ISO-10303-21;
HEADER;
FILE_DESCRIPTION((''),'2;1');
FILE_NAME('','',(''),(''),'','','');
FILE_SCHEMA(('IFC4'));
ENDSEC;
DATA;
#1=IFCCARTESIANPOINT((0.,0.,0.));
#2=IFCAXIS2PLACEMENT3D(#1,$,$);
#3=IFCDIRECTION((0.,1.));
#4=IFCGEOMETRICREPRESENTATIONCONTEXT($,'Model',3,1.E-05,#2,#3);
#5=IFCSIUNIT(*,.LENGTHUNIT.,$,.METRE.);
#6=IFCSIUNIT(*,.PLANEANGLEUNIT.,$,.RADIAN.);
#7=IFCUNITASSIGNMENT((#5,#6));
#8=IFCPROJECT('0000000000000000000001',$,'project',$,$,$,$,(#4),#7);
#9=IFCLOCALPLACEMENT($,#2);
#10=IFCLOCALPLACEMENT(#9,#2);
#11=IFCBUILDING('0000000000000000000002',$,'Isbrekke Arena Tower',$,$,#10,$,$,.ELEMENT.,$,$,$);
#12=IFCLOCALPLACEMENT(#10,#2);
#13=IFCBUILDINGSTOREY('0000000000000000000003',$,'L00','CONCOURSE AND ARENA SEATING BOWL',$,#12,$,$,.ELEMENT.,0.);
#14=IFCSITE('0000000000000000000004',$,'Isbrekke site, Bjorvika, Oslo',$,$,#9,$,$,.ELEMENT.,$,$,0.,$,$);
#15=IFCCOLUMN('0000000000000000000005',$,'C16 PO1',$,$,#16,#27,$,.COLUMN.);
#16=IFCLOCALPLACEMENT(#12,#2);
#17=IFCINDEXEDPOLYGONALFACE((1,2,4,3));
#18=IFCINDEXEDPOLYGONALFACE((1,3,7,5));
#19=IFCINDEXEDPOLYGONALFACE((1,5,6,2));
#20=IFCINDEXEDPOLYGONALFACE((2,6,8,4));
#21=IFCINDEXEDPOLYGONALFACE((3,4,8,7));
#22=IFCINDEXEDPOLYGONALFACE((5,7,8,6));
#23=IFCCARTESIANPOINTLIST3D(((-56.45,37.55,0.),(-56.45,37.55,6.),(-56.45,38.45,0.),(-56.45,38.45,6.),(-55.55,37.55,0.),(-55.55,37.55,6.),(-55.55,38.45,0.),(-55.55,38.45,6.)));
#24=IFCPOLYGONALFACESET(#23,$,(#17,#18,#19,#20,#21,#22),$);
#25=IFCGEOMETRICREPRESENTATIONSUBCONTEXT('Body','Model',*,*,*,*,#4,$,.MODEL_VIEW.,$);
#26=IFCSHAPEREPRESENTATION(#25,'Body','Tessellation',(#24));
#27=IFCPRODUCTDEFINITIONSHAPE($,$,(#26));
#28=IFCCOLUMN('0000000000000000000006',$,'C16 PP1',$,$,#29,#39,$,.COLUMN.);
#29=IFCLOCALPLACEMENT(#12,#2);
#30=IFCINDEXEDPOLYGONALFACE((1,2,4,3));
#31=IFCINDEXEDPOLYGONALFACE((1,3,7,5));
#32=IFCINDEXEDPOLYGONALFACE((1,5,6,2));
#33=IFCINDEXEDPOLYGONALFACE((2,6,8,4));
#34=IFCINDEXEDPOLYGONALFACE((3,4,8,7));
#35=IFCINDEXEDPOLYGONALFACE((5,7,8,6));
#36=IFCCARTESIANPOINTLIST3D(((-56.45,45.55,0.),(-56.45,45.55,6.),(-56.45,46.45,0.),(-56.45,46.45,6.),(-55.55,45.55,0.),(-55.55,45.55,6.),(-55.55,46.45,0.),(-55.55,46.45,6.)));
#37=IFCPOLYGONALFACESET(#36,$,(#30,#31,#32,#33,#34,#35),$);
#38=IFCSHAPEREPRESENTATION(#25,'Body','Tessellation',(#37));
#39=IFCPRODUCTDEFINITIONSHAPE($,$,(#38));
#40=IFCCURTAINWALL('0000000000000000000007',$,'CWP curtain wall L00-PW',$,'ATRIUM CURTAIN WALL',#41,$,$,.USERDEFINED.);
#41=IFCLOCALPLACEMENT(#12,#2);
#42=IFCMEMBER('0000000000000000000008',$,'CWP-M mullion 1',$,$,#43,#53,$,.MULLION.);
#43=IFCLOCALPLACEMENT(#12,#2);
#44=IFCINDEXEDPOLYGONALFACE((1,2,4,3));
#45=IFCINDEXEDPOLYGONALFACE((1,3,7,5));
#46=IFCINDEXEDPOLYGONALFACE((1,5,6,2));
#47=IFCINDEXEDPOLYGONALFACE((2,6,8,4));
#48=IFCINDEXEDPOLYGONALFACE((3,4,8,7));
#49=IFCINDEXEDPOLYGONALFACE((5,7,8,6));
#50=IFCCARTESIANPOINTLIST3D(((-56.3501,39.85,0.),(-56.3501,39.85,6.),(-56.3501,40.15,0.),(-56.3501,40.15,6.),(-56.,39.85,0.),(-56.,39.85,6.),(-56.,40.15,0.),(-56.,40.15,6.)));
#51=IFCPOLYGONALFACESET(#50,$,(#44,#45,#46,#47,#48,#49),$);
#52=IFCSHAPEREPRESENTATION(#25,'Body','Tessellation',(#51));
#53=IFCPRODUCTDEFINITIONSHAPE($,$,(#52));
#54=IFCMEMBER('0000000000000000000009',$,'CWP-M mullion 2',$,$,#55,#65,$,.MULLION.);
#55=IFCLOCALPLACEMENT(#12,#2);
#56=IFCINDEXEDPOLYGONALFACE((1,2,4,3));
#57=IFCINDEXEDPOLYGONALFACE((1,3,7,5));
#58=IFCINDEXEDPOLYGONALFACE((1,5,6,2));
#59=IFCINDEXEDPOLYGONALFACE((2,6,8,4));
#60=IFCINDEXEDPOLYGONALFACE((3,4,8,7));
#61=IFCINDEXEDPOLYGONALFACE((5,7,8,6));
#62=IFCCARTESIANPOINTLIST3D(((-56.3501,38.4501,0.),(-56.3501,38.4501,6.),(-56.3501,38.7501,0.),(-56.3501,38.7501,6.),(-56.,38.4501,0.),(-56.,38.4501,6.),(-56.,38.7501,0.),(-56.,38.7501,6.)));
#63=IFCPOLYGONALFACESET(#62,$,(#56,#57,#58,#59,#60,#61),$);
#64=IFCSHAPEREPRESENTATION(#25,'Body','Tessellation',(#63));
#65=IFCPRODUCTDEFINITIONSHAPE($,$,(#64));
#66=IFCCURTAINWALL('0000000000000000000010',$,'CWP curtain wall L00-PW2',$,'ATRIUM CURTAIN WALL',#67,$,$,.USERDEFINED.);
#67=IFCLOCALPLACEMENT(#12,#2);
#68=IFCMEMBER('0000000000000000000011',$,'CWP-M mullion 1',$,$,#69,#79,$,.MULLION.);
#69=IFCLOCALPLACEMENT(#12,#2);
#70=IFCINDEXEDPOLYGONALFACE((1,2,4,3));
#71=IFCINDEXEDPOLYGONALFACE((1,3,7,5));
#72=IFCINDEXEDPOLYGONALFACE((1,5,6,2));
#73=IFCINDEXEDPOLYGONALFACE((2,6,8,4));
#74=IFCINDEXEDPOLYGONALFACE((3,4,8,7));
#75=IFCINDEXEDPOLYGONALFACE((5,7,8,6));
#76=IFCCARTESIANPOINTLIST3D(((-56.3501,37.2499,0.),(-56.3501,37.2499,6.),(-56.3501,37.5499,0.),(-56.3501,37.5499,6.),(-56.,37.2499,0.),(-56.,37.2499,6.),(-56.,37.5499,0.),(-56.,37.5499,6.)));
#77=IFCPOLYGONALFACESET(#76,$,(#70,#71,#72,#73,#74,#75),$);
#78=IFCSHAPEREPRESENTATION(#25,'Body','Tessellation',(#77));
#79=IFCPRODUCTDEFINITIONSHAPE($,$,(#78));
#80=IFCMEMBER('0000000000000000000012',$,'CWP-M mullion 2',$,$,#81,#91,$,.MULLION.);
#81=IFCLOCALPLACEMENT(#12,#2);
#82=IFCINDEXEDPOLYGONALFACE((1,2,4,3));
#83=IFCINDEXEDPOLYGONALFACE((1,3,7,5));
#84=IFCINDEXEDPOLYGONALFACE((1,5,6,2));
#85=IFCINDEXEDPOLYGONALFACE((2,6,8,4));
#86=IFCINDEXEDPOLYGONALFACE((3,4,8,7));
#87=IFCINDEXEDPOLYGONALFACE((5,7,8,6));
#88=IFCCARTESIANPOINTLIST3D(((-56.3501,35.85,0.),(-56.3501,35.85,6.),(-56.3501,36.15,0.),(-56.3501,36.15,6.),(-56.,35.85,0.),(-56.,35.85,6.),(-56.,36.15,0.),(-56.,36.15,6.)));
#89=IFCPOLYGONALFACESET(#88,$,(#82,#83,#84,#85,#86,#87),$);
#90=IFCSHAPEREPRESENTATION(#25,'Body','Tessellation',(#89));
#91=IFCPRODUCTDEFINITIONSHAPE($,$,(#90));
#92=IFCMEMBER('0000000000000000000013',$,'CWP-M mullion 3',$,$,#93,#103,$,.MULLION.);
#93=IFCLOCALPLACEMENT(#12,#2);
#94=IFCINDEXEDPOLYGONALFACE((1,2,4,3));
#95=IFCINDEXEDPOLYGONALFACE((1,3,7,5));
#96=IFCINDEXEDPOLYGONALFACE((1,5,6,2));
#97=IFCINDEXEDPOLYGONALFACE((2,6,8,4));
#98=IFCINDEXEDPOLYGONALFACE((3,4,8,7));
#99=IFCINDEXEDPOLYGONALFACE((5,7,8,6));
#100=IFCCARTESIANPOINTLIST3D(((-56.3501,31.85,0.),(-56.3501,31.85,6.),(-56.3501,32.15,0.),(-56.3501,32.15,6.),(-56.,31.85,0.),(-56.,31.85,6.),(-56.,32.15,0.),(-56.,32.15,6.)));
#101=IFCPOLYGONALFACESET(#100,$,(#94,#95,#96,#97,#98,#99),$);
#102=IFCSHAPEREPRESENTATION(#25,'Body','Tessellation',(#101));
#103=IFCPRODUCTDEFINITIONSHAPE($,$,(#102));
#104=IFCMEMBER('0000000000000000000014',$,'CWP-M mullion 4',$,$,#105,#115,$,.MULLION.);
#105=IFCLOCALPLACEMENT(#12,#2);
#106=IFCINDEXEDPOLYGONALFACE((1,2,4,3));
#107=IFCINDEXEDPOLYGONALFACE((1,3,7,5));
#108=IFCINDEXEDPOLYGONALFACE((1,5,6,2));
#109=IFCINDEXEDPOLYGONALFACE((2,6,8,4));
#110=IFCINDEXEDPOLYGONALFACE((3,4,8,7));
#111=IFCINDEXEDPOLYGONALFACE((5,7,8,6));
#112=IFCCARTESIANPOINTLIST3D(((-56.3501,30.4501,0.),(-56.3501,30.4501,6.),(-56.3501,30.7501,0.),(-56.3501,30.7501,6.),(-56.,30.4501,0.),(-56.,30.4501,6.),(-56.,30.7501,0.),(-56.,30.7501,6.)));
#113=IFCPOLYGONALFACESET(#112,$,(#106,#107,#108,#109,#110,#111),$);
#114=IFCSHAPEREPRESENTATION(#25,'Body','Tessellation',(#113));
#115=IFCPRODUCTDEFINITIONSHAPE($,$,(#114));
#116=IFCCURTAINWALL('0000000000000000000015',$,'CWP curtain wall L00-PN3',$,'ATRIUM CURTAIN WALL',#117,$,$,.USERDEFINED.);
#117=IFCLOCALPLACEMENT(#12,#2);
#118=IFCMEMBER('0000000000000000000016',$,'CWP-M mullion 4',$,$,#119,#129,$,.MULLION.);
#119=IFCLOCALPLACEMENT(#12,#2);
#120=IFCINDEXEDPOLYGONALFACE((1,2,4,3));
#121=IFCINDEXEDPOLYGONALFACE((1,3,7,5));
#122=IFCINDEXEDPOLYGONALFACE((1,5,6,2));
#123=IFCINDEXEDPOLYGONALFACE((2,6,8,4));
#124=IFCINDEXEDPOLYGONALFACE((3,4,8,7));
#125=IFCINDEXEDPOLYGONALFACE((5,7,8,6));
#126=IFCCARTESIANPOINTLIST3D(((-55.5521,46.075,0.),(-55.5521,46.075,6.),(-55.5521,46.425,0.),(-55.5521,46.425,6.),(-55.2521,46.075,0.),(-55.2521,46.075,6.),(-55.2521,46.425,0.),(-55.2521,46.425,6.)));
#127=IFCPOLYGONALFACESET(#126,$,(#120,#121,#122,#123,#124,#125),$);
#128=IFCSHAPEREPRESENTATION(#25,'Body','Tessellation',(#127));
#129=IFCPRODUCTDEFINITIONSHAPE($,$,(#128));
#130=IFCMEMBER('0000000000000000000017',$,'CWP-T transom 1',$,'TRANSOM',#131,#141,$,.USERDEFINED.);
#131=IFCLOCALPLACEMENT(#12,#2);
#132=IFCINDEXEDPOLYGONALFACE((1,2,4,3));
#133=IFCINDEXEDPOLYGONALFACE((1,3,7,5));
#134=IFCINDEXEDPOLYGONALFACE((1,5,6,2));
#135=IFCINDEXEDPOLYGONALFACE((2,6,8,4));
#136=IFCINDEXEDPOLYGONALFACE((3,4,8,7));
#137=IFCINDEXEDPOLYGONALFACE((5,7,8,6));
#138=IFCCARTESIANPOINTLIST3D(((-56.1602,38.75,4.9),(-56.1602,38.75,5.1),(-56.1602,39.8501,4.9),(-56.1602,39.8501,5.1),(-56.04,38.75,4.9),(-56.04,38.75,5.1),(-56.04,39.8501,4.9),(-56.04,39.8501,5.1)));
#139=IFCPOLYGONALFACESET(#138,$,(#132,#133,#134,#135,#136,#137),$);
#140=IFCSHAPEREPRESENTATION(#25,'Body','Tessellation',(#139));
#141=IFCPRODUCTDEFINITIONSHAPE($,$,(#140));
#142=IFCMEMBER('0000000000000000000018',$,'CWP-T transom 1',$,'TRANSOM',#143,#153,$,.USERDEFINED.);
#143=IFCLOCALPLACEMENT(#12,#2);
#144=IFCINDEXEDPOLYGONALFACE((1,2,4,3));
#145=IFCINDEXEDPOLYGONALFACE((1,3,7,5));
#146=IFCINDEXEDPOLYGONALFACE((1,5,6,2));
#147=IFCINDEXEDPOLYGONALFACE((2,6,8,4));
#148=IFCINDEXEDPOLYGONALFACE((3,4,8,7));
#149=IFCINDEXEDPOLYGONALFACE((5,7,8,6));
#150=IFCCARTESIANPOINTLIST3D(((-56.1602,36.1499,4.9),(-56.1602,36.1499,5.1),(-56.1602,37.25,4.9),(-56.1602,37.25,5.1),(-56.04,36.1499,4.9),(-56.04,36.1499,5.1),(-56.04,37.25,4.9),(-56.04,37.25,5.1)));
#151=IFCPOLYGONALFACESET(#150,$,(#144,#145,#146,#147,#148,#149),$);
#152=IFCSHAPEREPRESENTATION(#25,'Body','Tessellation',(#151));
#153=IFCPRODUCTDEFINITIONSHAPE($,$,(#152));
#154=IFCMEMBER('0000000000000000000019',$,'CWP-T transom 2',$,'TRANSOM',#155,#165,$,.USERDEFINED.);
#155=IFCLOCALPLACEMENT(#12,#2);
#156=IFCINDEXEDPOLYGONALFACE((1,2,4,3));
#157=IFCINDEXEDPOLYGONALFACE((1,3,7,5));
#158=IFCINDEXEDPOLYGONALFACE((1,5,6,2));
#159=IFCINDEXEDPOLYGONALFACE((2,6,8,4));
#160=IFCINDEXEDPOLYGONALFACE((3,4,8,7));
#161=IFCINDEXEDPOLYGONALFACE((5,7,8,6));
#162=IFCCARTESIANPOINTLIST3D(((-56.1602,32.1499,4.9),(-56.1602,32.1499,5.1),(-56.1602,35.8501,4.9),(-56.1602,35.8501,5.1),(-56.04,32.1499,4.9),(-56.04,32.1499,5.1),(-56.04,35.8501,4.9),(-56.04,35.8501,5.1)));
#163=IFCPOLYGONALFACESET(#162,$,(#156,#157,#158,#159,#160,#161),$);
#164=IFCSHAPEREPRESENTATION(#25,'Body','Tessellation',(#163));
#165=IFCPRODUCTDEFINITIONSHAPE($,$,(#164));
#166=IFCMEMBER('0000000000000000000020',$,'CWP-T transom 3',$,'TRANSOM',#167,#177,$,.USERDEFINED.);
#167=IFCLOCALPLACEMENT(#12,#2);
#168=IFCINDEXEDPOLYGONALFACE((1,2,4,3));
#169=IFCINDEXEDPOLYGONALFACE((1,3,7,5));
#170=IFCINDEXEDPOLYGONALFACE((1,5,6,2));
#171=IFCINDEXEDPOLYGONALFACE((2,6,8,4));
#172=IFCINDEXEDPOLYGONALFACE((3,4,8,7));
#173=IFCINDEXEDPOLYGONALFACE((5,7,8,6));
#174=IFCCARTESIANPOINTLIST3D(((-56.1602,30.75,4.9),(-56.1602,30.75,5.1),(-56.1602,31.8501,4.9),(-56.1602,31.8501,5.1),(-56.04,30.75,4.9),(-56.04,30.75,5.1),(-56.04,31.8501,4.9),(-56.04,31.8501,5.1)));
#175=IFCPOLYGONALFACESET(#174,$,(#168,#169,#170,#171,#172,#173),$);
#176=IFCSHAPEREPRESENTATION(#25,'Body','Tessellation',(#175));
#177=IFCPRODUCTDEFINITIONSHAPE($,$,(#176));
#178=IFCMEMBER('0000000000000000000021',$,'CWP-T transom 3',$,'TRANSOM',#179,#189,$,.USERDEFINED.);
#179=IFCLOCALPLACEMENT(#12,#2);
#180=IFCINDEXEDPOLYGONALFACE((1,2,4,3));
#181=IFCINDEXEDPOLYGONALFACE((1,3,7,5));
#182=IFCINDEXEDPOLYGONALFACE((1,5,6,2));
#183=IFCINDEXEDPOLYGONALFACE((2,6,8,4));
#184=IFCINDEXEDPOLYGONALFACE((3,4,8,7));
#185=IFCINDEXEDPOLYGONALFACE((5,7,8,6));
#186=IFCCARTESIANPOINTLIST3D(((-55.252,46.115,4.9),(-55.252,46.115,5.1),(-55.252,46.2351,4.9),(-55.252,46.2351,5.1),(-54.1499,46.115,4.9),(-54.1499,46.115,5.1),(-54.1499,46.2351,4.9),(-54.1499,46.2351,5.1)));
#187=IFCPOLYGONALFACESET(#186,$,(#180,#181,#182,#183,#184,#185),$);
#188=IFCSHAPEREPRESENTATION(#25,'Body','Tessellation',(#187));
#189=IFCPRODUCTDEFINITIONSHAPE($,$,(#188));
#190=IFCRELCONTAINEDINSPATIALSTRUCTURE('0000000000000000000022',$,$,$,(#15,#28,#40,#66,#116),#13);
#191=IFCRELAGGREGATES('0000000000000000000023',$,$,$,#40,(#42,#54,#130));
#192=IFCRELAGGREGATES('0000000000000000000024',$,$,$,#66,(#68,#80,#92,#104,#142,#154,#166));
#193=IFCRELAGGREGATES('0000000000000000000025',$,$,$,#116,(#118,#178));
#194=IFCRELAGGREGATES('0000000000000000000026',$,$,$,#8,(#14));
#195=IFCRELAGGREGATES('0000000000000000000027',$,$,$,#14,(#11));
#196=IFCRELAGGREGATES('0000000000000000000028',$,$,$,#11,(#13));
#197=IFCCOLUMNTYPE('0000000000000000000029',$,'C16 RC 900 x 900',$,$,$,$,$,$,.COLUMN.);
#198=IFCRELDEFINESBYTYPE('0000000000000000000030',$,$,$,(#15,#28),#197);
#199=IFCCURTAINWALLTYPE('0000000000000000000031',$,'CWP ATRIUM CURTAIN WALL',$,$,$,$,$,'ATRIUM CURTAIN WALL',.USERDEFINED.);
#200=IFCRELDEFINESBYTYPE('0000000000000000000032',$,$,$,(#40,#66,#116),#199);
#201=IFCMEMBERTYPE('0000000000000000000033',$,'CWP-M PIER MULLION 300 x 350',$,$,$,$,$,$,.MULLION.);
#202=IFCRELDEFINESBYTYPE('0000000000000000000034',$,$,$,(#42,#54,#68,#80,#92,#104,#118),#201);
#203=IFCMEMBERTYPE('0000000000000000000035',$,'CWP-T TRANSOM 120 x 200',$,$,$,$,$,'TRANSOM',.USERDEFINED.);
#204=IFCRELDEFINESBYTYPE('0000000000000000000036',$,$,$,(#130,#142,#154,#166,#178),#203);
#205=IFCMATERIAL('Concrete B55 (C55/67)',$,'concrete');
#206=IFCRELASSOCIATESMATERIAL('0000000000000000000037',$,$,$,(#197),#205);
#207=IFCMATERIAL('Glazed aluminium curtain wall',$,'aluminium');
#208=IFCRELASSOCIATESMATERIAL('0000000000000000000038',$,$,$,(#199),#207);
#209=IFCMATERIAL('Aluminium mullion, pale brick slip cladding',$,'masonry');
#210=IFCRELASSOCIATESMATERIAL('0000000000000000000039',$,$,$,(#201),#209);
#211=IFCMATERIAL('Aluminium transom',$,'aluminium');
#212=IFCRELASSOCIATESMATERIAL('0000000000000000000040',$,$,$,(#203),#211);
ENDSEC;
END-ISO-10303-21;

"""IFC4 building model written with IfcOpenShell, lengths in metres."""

from ifc_helpers import new_model, si_unit, direction, frame, origin, origin_2d, place, context, subcontext, project, spatial, rectangle, extrude, material, material_profile, profile_set, type_object, element, aggregate, save


model = new_model("IFC4")

# Units and contexts
model_context = context("Model", 3, precision=1e-05, world=origin(), true_north=direction((0.0, 1.0)))
body_context = subcontext(model_context, "Body", "Model", "MODEL_VIEW")
ifc_project = project(units=[si_unit("LENGTHUNIT", "METRE"), si_unit("PLANEANGLEUNIT", "RADIAN")], contexts=[model_context])

# Site, building, storey
site_placement = place(None, origin())
site = spatial("IfcSite", under=ifc_project, at=site_placement, Name="Isbrekke site, Bjorvika, Oslo", CompositionType="ELEMENT", RefElevation=0.0)
building_placement = place(site_placement, origin())
building = spatial("IfcBuilding", under=site, at=building_placement, Name="Isbrekke Arena Tower", CompositionType="ELEMENT")
storey_placement = place(building_placement, origin())
storey = spatial("IfcBuildingStorey", under=building, at=storey_placement, Name="L00", Description="CONCOURSE AND ARENA SEATING BOWL", CompositionType="ELEMENT", Elevation=0.0)

# Columns
ifc_material_1 = material(Name="Concrete B55 (C55/67)", Category="concrete")
ifc_material_profile_1 = material_profile(ifc_material_1, rectangle(XDim=0.8999, YDim=0.8999, at=origin_2d()), Name="RC 900x900")
ifc_profile_set_1 = profile_set([ifc_material_profile_1], Name="Concrete B55 (C55/67)")
column_type = type_object("IfcColumnType", Name="C16 RC 900 x 900", PredefinedType="COLUMN", material=ifc_profile_set_1)
for number, where, z_axis, x_axis, name in (
    (1, (-56.0, 38.0, 0.0), (0.0, 0.0, 1.0), (1.0, 0.0, 0.0), "C16 PO1"),
    (2, (-56.0, 46.0, 0.0), (0.0, 0.0, 1.0), (1.0, 0.0, 0.0), "C16 PP1"),
):
    element("IfcColumn", number, at=place(storey_placement, frame(where, z_axis=z_axis, x_axis=x_axis)), inside=storey, type_object=column_type, Name=name, PredefinedType="COLUMN", context=body_context, shape_type="SweptSolid", body=[
        extrude(rectangle(XDim=0.8999, YDim=0.8999, at=origin_2d()), origin(), (0.0, 0.0, 1.0), 6.0),
    ])

# Curtain walls, members
ifc_material_2 = material(Name="Glazed aluminium curtain wall", Category="aluminium")
curtain_wall_type = type_object("IfcCurtainWallType", Name="CWP ATRIUM CURTAIN WALL", ElementType="ATRIUM CURTAIN WALL", PredefinedType="USERDEFINED", material=ifc_material_2)
curtain_wall_1_placement = place(storey_placement, origin())
curtain_wall_1 = element("IfcCurtainWall", 3, at=curtain_wall_1_placement, inside=storey, type_object=curtain_wall_type, Name="CWP curtain wall L00-PW", ObjectType="ATRIUM CURTAIN WALL", PredefinedType="USERDEFINED")
ifc_material_3 = material(Name="Aluminium mullion, pale brick slip cladding", Category="masonry")
ifc_material_profile_2 = material_profile(ifc_material_3, rectangle(XDim=0.3, YDim=0.3501, at=origin_2d()), Name="PIER 300X350")
ifc_profile_set_2 = profile_set([ifc_material_profile_2], Name="Aluminium mullion, pale brick slip cladding")
member_type_1 = type_object("IfcMemberType", Name="CWP-M PIER MULLION 300 x 350", PredefinedType="MULLION", material=ifc_profile_set_2)
member_1_placement = place(storey_placement, frame((-56.175, 40.0, 0.0), z_axis=(0.0, 0.0, 1.0), x_axis=(0.0, -1.0, 0.0)))
member_1 = element("IfcMember", 4, at=member_1_placement, type_object=member_type_1, Name="CWP-M mullion 1", PredefinedType="MULLION", context=body_context, shape_type="SweptSolid", body=[
    extrude(rectangle(XDim=0.3, YDim=0.3501, at=origin_2d()), origin(), (0.0, 0.0, 1.0), 6.0),
])
member_2_placement = place(storey_placement, frame((-56.175, 38.6001, 0.0), z_axis=(0.0, 0.0, 1.0), x_axis=(0.0, -1.0, 0.0)))
member_2 = element("IfcMember", 5, at=member_2_placement, type_object=member_type_1, Name="CWP-M mullion 2", PredefinedType="MULLION", context=body_context, shape_type="SweptSolid", body=[
    extrude(rectangle(XDim=0.3, YDim=0.3501, at=origin_2d()), origin(), (0.0, 0.0, 1.0), 6.0),
])
curtain_wall_2_placement = place(storey_placement, origin())
curtain_wall_2 = element("IfcCurtainWall", 6, at=curtain_wall_2_placement, inside=storey, type_object=curtain_wall_type, Name="CWP curtain wall L00-PW2", ObjectType="ATRIUM CURTAIN WALL", PredefinedType="USERDEFINED")
member_3_placement = place(storey_placement, frame((-56.175, 37.3999, 0.0), z_axis=(0.0, 0.0, 1.0), x_axis=(0.0, -1.0, 0.0)))
member_3 = element("IfcMember", 7, at=member_3_placement, type_object=member_type_1, Name="CWP-M mullion 1", PredefinedType="MULLION", context=body_context, shape_type="SweptSolid", body=[
    extrude(rectangle(XDim=0.3, YDim=0.3501, at=origin_2d()), origin(), (0.0, 0.0, 1.0), 6.0),
])
member_4_placement = place(storey_placement, frame((-56.175, 36.0, 0.0), z_axis=(0.0, 0.0, 1.0), x_axis=(0.0, -1.0, 0.0)))
member_4 = element("IfcMember", 8, at=member_4_placement, type_object=member_type_1, Name="CWP-M mullion 2", PredefinedType="MULLION", context=body_context, shape_type="SweptSolid", body=[
    extrude(rectangle(XDim=0.3, YDim=0.3501, at=origin_2d()), origin(), (0.0, 0.0, 1.0), 6.0),
])
member_5_placement = place(storey_placement, frame((-56.175, 32.0, 0.0), z_axis=(0.0, 0.0, 1.0), x_axis=(0.0, -1.0, 0.0)))
member_5 = element("IfcMember", 9, at=member_5_placement, type_object=member_type_1, Name="CWP-M mullion 3", PredefinedType="MULLION", context=body_context, shape_type="SweptSolid", body=[
    extrude(rectangle(XDim=0.3, YDim=0.3501, at=origin_2d()), origin(), (0.0, 0.0, 1.0), 6.0),
])
member_6_placement = place(storey_placement, frame((-56.175, 30.6001, 0.0), z_axis=(0.0, 0.0, 1.0), x_axis=(0.0, -1.0, 0.0)))
member_6 = element("IfcMember", 10, at=member_6_placement, type_object=member_type_1, Name="CWP-M mullion 4", PredefinedType="MULLION", context=body_context, shape_type="SweptSolid", body=[
    extrude(rectangle(XDim=0.3, YDim=0.3501, at=origin_2d()), origin(), (0.0, 0.0, 1.0), 6.0),
])

# Curtain wall, member
curtain_wall_3_placement = place(storey_placement, origin())
curtain_wall_3 = element("IfcCurtainWall", 11, at=curtain_wall_3_placement, inside=storey, type_object=curtain_wall_type, Name="CWP curtain wall L00-PN3", ObjectType="ATRIUM CURTAIN WALL", PredefinedType="USERDEFINED")
member_7_placement = place(storey_placement, frame((-55.4021, 46.25, 0.0), z_axis=(0.0, 0.0, 1.0), x_axis=(-1.0, 0.0, 0.0)))
member_7 = element("IfcMember", 12, at=member_7_placement, type_object=member_type_1, Name="CWP-M mullion 4", PredefinedType="MULLION", context=body_context, shape_type="SweptSolid", body=[
    extrude(rectangle(XDim=0.3, YDim=0.3501, at=origin_2d()), origin(), (0.0, 0.0, 1.0), 6.0),
])

# Members
ifc_material_4 = material(Name="Aluminium transom", Category="aluminium")
ifc_material_profile_3 = material_profile(ifc_material_4, rectangle(XDim=0.1201, YDim=0.2, at=origin_2d()), Name="TRANSOM 120X200")
ifc_profile_set_3 = profile_set([ifc_material_profile_3], Name="Aluminium transom")
member_type_2 = type_object("IfcMemberType", Name="CWP-T TRANSOM 120 x 200", ElementType="TRANSOM", PredefinedType="USERDEFINED", material=ifc_profile_set_3)
member_8_placement = place(storey_placement, frame((-56.1001, 39.8501, 5.0), z_axis=(0.0, -1.0, 0.0), x_axis=(1.0, 0.0, 0.0)))
member_8 = element("IfcMember", 13, at=member_8_placement, type_object=member_type_2, Name="CWP-T transom 1", ObjectType="TRANSOM", PredefinedType="USERDEFINED", context=body_context, shape_type="SweptSolid", body=[
    extrude(rectangle(XDim=0.1201, YDim=0.2, at=origin_2d()), origin(), (0.0, 0.0, 1.0), 1.1001),
])
member_9_placement = place(storey_placement, frame((-56.1001, 37.25, 5.0), z_axis=(0.0, -1.0, 0.0), x_axis=(1.0, 0.0, 0.0)))
member_9 = element("IfcMember", 14, at=member_9_placement, type_object=member_type_2, Name="CWP-T transom 1", ObjectType="TRANSOM", PredefinedType="USERDEFINED", context=body_context, shape_type="SweptSolid", body=[
    extrude(rectangle(XDim=0.1201, YDim=0.2, at=origin_2d()), origin(), (0.0, 0.0, 1.0), 1.1001),
])
member_10_placement = place(storey_placement, frame((-56.1001, 35.8501, 5.0), z_axis=(0.0, -1.0, 0.0), x_axis=(1.0, 0.0, 0.0)))
member_10 = element("IfcMember", 15, at=member_10_placement, type_object=member_type_2, Name="CWP-T transom 2", ObjectType="TRANSOM", PredefinedType="USERDEFINED", context=body_context, shape_type="SweptSolid", body=[
    extrude(rectangle(XDim=0.1201, YDim=0.2, at=origin_2d()), origin(), (0.0, 0.0, 1.0), 3.7002),
])
member_11_placement = place(storey_placement, frame((-56.1001, 31.8501, 5.0), z_axis=(0.0, -1.0, 0.0), x_axis=(1.0, 0.0, 0.0)))
member_11 = element("IfcMember", 16, at=member_11_placement, type_object=member_type_2, Name="CWP-T transom 3", ObjectType="TRANSOM", PredefinedType="USERDEFINED", context=body_context, shape_type="SweptSolid", body=[
    extrude(rectangle(XDim=0.1201, YDim=0.2, at=origin_2d()), origin(), (0.0, 0.0, 1.0), 1.1001),
])
member_12_placement = place(storey_placement, frame((-54.1499, 46.175, 5.0), z_axis=(-1.0, 0.0, 0.0), x_axis=(0.0, -1.0, 0.0)))
member_12 = element("IfcMember", 17, at=member_12_placement, type_object=member_type_2, Name="CWP-T transom 3", ObjectType="TRANSOM", PredefinedType="USERDEFINED", context=body_context, shape_type="SweptSolid", body=[
    extrude(rectangle(XDim=0.1201, YDim=0.2, at=origin_2d()), origin(), (0.0, 0.0, 1.0), 1.1021),
])

aggregate(curtain_wall_1, [member_1, member_2, member_8])
aggregate(curtain_wall_2, [member_3, member_4, member_5, member_6, member_9, member_10, member_11])
aggregate(curtain_wall_3, [member_7, member_12])

save(model, "model.ifc")
